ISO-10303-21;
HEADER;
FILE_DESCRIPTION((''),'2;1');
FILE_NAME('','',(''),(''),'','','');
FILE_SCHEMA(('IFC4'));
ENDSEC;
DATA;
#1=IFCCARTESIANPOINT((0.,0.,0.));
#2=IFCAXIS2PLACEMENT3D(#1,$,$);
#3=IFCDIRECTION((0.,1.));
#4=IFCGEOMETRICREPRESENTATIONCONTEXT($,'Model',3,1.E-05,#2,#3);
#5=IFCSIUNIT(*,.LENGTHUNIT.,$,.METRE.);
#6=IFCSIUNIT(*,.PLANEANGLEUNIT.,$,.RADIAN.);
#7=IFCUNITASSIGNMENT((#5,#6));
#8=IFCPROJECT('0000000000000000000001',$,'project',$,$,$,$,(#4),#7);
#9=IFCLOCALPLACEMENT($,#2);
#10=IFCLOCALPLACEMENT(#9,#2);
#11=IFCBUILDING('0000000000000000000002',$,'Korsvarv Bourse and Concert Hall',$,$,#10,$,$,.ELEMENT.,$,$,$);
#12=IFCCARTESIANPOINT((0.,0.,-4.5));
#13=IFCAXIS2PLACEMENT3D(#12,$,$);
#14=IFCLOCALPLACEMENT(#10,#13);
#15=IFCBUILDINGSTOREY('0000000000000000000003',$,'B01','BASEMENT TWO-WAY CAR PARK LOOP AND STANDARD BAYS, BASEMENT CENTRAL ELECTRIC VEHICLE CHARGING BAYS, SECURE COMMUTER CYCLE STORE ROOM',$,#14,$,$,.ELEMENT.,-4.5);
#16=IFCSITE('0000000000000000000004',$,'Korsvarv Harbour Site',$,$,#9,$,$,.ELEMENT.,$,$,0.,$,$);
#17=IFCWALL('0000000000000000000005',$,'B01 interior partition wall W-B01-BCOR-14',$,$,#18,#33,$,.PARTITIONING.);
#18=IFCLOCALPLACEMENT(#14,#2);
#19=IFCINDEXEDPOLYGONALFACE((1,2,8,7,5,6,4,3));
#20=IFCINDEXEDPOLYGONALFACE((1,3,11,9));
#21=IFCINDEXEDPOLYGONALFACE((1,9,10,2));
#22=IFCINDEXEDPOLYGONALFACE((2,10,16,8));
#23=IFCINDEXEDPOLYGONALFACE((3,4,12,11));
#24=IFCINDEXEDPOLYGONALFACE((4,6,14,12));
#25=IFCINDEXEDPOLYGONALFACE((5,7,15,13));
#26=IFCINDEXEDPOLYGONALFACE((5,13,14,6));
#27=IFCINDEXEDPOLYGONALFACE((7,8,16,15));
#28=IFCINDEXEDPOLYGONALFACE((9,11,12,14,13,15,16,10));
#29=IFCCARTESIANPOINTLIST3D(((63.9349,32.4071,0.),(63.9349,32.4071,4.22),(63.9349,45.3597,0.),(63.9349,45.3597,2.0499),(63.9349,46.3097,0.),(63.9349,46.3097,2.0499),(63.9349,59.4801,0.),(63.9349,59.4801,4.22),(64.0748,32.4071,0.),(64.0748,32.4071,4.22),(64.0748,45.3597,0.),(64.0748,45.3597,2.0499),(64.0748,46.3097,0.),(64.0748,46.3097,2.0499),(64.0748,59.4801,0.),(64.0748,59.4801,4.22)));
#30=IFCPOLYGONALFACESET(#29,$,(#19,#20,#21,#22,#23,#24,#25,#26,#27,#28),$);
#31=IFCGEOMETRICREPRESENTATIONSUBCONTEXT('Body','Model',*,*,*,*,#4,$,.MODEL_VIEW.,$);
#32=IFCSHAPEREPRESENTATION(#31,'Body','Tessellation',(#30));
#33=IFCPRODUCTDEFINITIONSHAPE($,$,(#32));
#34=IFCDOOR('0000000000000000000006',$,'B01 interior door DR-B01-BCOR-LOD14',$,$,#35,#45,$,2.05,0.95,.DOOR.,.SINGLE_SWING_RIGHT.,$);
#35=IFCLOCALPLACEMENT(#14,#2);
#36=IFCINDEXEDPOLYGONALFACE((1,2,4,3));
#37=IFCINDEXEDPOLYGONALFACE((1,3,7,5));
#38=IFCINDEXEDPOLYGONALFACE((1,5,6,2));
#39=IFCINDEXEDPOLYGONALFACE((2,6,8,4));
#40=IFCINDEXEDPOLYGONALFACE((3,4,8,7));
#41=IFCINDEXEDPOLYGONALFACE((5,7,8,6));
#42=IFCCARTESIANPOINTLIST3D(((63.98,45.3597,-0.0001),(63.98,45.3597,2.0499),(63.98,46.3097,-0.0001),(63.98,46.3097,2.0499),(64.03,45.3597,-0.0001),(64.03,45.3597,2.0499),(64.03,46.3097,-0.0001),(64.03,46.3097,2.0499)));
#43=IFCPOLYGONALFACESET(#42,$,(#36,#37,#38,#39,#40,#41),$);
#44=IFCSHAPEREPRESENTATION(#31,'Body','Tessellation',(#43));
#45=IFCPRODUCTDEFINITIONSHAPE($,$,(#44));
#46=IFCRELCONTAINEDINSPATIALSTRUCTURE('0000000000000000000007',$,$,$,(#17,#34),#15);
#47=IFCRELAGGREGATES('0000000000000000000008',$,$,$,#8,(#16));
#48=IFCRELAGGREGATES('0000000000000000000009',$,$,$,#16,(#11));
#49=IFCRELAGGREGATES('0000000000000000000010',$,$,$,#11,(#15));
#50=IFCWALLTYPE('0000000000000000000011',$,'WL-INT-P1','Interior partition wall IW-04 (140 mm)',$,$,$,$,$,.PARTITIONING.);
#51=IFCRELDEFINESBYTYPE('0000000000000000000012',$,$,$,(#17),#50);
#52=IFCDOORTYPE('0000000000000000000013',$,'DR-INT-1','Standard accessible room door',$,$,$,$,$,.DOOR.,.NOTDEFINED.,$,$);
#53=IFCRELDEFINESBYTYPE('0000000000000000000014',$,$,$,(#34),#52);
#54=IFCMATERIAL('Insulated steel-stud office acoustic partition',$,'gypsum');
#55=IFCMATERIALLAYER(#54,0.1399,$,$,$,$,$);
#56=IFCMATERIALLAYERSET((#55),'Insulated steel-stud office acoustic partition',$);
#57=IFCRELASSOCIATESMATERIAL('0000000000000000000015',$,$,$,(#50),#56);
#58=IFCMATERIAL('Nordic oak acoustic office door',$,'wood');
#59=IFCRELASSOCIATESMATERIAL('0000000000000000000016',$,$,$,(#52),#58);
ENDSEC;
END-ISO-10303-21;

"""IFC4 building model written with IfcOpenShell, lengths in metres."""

from ifc_helpers import new_model, si_unit, direction, frame, frame_2d, origin, place, context, subcontext, project, spatial, rectangle, extrude, material, layer, layer_set, type_object, element, fill, save


model = new_model("IFC4")

# Units and contexts
model_context = context("Model", 3, precision=1e-05, world=origin(), true_north=direction((0.0, 1.0)))
body_context = subcontext(model_context, "Body", "Model", "MODEL_VIEW")
ifc_project = project(units=[si_unit("LENGTHUNIT", "METRE"), si_unit("PLANEANGLEUNIT", "RADIAN")], contexts=[model_context])

# Site, building, storey
site_placement = place(None, origin())
site = spatial("IfcSite", under=ifc_project, at=site_placement, Name="Korsvarv Harbour Site", CompositionType="ELEMENT", RefElevation=0.0)
building_placement = place(site_placement, origin())
building = spatial("IfcBuilding", under=site, at=building_placement, Name="Korsvarv Bourse and Concert Hall", CompositionType="ELEMENT")
storey_placement = place(building_placement, frame((0.0, 0.0, -4.5)))
storey = spatial("IfcBuildingStorey", under=building, at=storey_placement, Name="B01", Description="BASEMENT TWO-WAY CAR PARK LOOP AND STANDARD BAYS, BASEMENT CENTRAL ELECTRIC VEHICLE CHARGING BAYS, SECURE COMMUTER CYCLE STORE ROOM", CompositionType="ELEMENT", Elevation=-4.5)

# Wall, opening, door
ifc_material_1 = material(Name="Insulated steel-stud office acoustic partition", Category="gypsum")
ifc_layer_1 = layer(ifc_material_1, 0.1399)
ifc_layer_set_1 = layer_set([ifc_layer_1], Name="Insulated steel-stud office acoustic partition")
wall_type_1 = type_object("IfcWallType", Name="WL-INT-P1", Description="Interior partition wall IW-04 (140 mm)", PredefinedType="PARTITIONING", material=ifc_layer_set_1)
ifc_material_2 = material(Name="Nordic oak acoustic office door", Category="wood")
door_type_1 = type_object("IfcDoorType", Name="DR-INT-1", Description="Standard accessible room door", OperationType="NOTDEFINED", PredefinedType="DOOR", material=ifc_material_2)
wall_1_placement = place(storey_placement, frame((64.0049, 32.407, 0.0), z_axis=(0.0, 0.0, 1.0), x_axis=(0.0, 1.0, 0.0)))
wall_1 = element("IfcWall", 1, at=wall_1_placement, inside=storey, type_object=wall_type_1, Name="B01 interior partition wall W-B01-BCOR-14", PredefinedType="PARTITIONING", context=body_context, shape_type="SweptSolid", body=[
    extrude(rectangle(XDim=27.073, YDim=0.1399, at=frame_2d((13.5366, 0.0))), origin(), (0.0, 0.0, 1.0), 4.22),
])
opening_1_placement = place(wall_1_placement, frame((12.9526, 0.0, 0.0)))
opening_1 = element("IfcOpeningElement", 2, at=opening_1_placement, cuts=wall_1, PredefinedType="OPENING", context=body_context, shape_type="SweptSolid", body=[
    extrude(rectangle(XDim=0.95, YDim=2.05, at=frame_2d((0.4751, 1.0249))), frame((0.0, 0.0801, 0.0), z_axis=(0.0, -1.0, 0.0), x_axis=(1.0, 0.0, 0.0)), (0.0, 0.0, 1.0), 0.1599),
])
door_1_placement = place(opening_1_placement, origin())
door_1 = element("IfcDoor", 3, at=door_1_placement, inside=storey, type_object=door_type_1, Name="B01 interior door DR-B01-BCOR-LOD14", OperationType="SINGLE_SWING_RIGHT", OverallHeight=2.05, OverallWidth=0.95, PredefinedType="DOOR", context=body_context, shape_type="SweptSolid", body=[
    extrude(rectangle(XDim=0.95, YDim=2.05, at=frame_2d((0.4751, 1.0249))), frame((0.0, 0.0249, 0.0), z_axis=(0.0, -1.0, 0.0), x_axis=(1.0, 0.0, 0.0)), (0.0, 0.0, 1.0), 0.05),
])
fill(opening_1, door_1)

save(model, "model.ifc")
